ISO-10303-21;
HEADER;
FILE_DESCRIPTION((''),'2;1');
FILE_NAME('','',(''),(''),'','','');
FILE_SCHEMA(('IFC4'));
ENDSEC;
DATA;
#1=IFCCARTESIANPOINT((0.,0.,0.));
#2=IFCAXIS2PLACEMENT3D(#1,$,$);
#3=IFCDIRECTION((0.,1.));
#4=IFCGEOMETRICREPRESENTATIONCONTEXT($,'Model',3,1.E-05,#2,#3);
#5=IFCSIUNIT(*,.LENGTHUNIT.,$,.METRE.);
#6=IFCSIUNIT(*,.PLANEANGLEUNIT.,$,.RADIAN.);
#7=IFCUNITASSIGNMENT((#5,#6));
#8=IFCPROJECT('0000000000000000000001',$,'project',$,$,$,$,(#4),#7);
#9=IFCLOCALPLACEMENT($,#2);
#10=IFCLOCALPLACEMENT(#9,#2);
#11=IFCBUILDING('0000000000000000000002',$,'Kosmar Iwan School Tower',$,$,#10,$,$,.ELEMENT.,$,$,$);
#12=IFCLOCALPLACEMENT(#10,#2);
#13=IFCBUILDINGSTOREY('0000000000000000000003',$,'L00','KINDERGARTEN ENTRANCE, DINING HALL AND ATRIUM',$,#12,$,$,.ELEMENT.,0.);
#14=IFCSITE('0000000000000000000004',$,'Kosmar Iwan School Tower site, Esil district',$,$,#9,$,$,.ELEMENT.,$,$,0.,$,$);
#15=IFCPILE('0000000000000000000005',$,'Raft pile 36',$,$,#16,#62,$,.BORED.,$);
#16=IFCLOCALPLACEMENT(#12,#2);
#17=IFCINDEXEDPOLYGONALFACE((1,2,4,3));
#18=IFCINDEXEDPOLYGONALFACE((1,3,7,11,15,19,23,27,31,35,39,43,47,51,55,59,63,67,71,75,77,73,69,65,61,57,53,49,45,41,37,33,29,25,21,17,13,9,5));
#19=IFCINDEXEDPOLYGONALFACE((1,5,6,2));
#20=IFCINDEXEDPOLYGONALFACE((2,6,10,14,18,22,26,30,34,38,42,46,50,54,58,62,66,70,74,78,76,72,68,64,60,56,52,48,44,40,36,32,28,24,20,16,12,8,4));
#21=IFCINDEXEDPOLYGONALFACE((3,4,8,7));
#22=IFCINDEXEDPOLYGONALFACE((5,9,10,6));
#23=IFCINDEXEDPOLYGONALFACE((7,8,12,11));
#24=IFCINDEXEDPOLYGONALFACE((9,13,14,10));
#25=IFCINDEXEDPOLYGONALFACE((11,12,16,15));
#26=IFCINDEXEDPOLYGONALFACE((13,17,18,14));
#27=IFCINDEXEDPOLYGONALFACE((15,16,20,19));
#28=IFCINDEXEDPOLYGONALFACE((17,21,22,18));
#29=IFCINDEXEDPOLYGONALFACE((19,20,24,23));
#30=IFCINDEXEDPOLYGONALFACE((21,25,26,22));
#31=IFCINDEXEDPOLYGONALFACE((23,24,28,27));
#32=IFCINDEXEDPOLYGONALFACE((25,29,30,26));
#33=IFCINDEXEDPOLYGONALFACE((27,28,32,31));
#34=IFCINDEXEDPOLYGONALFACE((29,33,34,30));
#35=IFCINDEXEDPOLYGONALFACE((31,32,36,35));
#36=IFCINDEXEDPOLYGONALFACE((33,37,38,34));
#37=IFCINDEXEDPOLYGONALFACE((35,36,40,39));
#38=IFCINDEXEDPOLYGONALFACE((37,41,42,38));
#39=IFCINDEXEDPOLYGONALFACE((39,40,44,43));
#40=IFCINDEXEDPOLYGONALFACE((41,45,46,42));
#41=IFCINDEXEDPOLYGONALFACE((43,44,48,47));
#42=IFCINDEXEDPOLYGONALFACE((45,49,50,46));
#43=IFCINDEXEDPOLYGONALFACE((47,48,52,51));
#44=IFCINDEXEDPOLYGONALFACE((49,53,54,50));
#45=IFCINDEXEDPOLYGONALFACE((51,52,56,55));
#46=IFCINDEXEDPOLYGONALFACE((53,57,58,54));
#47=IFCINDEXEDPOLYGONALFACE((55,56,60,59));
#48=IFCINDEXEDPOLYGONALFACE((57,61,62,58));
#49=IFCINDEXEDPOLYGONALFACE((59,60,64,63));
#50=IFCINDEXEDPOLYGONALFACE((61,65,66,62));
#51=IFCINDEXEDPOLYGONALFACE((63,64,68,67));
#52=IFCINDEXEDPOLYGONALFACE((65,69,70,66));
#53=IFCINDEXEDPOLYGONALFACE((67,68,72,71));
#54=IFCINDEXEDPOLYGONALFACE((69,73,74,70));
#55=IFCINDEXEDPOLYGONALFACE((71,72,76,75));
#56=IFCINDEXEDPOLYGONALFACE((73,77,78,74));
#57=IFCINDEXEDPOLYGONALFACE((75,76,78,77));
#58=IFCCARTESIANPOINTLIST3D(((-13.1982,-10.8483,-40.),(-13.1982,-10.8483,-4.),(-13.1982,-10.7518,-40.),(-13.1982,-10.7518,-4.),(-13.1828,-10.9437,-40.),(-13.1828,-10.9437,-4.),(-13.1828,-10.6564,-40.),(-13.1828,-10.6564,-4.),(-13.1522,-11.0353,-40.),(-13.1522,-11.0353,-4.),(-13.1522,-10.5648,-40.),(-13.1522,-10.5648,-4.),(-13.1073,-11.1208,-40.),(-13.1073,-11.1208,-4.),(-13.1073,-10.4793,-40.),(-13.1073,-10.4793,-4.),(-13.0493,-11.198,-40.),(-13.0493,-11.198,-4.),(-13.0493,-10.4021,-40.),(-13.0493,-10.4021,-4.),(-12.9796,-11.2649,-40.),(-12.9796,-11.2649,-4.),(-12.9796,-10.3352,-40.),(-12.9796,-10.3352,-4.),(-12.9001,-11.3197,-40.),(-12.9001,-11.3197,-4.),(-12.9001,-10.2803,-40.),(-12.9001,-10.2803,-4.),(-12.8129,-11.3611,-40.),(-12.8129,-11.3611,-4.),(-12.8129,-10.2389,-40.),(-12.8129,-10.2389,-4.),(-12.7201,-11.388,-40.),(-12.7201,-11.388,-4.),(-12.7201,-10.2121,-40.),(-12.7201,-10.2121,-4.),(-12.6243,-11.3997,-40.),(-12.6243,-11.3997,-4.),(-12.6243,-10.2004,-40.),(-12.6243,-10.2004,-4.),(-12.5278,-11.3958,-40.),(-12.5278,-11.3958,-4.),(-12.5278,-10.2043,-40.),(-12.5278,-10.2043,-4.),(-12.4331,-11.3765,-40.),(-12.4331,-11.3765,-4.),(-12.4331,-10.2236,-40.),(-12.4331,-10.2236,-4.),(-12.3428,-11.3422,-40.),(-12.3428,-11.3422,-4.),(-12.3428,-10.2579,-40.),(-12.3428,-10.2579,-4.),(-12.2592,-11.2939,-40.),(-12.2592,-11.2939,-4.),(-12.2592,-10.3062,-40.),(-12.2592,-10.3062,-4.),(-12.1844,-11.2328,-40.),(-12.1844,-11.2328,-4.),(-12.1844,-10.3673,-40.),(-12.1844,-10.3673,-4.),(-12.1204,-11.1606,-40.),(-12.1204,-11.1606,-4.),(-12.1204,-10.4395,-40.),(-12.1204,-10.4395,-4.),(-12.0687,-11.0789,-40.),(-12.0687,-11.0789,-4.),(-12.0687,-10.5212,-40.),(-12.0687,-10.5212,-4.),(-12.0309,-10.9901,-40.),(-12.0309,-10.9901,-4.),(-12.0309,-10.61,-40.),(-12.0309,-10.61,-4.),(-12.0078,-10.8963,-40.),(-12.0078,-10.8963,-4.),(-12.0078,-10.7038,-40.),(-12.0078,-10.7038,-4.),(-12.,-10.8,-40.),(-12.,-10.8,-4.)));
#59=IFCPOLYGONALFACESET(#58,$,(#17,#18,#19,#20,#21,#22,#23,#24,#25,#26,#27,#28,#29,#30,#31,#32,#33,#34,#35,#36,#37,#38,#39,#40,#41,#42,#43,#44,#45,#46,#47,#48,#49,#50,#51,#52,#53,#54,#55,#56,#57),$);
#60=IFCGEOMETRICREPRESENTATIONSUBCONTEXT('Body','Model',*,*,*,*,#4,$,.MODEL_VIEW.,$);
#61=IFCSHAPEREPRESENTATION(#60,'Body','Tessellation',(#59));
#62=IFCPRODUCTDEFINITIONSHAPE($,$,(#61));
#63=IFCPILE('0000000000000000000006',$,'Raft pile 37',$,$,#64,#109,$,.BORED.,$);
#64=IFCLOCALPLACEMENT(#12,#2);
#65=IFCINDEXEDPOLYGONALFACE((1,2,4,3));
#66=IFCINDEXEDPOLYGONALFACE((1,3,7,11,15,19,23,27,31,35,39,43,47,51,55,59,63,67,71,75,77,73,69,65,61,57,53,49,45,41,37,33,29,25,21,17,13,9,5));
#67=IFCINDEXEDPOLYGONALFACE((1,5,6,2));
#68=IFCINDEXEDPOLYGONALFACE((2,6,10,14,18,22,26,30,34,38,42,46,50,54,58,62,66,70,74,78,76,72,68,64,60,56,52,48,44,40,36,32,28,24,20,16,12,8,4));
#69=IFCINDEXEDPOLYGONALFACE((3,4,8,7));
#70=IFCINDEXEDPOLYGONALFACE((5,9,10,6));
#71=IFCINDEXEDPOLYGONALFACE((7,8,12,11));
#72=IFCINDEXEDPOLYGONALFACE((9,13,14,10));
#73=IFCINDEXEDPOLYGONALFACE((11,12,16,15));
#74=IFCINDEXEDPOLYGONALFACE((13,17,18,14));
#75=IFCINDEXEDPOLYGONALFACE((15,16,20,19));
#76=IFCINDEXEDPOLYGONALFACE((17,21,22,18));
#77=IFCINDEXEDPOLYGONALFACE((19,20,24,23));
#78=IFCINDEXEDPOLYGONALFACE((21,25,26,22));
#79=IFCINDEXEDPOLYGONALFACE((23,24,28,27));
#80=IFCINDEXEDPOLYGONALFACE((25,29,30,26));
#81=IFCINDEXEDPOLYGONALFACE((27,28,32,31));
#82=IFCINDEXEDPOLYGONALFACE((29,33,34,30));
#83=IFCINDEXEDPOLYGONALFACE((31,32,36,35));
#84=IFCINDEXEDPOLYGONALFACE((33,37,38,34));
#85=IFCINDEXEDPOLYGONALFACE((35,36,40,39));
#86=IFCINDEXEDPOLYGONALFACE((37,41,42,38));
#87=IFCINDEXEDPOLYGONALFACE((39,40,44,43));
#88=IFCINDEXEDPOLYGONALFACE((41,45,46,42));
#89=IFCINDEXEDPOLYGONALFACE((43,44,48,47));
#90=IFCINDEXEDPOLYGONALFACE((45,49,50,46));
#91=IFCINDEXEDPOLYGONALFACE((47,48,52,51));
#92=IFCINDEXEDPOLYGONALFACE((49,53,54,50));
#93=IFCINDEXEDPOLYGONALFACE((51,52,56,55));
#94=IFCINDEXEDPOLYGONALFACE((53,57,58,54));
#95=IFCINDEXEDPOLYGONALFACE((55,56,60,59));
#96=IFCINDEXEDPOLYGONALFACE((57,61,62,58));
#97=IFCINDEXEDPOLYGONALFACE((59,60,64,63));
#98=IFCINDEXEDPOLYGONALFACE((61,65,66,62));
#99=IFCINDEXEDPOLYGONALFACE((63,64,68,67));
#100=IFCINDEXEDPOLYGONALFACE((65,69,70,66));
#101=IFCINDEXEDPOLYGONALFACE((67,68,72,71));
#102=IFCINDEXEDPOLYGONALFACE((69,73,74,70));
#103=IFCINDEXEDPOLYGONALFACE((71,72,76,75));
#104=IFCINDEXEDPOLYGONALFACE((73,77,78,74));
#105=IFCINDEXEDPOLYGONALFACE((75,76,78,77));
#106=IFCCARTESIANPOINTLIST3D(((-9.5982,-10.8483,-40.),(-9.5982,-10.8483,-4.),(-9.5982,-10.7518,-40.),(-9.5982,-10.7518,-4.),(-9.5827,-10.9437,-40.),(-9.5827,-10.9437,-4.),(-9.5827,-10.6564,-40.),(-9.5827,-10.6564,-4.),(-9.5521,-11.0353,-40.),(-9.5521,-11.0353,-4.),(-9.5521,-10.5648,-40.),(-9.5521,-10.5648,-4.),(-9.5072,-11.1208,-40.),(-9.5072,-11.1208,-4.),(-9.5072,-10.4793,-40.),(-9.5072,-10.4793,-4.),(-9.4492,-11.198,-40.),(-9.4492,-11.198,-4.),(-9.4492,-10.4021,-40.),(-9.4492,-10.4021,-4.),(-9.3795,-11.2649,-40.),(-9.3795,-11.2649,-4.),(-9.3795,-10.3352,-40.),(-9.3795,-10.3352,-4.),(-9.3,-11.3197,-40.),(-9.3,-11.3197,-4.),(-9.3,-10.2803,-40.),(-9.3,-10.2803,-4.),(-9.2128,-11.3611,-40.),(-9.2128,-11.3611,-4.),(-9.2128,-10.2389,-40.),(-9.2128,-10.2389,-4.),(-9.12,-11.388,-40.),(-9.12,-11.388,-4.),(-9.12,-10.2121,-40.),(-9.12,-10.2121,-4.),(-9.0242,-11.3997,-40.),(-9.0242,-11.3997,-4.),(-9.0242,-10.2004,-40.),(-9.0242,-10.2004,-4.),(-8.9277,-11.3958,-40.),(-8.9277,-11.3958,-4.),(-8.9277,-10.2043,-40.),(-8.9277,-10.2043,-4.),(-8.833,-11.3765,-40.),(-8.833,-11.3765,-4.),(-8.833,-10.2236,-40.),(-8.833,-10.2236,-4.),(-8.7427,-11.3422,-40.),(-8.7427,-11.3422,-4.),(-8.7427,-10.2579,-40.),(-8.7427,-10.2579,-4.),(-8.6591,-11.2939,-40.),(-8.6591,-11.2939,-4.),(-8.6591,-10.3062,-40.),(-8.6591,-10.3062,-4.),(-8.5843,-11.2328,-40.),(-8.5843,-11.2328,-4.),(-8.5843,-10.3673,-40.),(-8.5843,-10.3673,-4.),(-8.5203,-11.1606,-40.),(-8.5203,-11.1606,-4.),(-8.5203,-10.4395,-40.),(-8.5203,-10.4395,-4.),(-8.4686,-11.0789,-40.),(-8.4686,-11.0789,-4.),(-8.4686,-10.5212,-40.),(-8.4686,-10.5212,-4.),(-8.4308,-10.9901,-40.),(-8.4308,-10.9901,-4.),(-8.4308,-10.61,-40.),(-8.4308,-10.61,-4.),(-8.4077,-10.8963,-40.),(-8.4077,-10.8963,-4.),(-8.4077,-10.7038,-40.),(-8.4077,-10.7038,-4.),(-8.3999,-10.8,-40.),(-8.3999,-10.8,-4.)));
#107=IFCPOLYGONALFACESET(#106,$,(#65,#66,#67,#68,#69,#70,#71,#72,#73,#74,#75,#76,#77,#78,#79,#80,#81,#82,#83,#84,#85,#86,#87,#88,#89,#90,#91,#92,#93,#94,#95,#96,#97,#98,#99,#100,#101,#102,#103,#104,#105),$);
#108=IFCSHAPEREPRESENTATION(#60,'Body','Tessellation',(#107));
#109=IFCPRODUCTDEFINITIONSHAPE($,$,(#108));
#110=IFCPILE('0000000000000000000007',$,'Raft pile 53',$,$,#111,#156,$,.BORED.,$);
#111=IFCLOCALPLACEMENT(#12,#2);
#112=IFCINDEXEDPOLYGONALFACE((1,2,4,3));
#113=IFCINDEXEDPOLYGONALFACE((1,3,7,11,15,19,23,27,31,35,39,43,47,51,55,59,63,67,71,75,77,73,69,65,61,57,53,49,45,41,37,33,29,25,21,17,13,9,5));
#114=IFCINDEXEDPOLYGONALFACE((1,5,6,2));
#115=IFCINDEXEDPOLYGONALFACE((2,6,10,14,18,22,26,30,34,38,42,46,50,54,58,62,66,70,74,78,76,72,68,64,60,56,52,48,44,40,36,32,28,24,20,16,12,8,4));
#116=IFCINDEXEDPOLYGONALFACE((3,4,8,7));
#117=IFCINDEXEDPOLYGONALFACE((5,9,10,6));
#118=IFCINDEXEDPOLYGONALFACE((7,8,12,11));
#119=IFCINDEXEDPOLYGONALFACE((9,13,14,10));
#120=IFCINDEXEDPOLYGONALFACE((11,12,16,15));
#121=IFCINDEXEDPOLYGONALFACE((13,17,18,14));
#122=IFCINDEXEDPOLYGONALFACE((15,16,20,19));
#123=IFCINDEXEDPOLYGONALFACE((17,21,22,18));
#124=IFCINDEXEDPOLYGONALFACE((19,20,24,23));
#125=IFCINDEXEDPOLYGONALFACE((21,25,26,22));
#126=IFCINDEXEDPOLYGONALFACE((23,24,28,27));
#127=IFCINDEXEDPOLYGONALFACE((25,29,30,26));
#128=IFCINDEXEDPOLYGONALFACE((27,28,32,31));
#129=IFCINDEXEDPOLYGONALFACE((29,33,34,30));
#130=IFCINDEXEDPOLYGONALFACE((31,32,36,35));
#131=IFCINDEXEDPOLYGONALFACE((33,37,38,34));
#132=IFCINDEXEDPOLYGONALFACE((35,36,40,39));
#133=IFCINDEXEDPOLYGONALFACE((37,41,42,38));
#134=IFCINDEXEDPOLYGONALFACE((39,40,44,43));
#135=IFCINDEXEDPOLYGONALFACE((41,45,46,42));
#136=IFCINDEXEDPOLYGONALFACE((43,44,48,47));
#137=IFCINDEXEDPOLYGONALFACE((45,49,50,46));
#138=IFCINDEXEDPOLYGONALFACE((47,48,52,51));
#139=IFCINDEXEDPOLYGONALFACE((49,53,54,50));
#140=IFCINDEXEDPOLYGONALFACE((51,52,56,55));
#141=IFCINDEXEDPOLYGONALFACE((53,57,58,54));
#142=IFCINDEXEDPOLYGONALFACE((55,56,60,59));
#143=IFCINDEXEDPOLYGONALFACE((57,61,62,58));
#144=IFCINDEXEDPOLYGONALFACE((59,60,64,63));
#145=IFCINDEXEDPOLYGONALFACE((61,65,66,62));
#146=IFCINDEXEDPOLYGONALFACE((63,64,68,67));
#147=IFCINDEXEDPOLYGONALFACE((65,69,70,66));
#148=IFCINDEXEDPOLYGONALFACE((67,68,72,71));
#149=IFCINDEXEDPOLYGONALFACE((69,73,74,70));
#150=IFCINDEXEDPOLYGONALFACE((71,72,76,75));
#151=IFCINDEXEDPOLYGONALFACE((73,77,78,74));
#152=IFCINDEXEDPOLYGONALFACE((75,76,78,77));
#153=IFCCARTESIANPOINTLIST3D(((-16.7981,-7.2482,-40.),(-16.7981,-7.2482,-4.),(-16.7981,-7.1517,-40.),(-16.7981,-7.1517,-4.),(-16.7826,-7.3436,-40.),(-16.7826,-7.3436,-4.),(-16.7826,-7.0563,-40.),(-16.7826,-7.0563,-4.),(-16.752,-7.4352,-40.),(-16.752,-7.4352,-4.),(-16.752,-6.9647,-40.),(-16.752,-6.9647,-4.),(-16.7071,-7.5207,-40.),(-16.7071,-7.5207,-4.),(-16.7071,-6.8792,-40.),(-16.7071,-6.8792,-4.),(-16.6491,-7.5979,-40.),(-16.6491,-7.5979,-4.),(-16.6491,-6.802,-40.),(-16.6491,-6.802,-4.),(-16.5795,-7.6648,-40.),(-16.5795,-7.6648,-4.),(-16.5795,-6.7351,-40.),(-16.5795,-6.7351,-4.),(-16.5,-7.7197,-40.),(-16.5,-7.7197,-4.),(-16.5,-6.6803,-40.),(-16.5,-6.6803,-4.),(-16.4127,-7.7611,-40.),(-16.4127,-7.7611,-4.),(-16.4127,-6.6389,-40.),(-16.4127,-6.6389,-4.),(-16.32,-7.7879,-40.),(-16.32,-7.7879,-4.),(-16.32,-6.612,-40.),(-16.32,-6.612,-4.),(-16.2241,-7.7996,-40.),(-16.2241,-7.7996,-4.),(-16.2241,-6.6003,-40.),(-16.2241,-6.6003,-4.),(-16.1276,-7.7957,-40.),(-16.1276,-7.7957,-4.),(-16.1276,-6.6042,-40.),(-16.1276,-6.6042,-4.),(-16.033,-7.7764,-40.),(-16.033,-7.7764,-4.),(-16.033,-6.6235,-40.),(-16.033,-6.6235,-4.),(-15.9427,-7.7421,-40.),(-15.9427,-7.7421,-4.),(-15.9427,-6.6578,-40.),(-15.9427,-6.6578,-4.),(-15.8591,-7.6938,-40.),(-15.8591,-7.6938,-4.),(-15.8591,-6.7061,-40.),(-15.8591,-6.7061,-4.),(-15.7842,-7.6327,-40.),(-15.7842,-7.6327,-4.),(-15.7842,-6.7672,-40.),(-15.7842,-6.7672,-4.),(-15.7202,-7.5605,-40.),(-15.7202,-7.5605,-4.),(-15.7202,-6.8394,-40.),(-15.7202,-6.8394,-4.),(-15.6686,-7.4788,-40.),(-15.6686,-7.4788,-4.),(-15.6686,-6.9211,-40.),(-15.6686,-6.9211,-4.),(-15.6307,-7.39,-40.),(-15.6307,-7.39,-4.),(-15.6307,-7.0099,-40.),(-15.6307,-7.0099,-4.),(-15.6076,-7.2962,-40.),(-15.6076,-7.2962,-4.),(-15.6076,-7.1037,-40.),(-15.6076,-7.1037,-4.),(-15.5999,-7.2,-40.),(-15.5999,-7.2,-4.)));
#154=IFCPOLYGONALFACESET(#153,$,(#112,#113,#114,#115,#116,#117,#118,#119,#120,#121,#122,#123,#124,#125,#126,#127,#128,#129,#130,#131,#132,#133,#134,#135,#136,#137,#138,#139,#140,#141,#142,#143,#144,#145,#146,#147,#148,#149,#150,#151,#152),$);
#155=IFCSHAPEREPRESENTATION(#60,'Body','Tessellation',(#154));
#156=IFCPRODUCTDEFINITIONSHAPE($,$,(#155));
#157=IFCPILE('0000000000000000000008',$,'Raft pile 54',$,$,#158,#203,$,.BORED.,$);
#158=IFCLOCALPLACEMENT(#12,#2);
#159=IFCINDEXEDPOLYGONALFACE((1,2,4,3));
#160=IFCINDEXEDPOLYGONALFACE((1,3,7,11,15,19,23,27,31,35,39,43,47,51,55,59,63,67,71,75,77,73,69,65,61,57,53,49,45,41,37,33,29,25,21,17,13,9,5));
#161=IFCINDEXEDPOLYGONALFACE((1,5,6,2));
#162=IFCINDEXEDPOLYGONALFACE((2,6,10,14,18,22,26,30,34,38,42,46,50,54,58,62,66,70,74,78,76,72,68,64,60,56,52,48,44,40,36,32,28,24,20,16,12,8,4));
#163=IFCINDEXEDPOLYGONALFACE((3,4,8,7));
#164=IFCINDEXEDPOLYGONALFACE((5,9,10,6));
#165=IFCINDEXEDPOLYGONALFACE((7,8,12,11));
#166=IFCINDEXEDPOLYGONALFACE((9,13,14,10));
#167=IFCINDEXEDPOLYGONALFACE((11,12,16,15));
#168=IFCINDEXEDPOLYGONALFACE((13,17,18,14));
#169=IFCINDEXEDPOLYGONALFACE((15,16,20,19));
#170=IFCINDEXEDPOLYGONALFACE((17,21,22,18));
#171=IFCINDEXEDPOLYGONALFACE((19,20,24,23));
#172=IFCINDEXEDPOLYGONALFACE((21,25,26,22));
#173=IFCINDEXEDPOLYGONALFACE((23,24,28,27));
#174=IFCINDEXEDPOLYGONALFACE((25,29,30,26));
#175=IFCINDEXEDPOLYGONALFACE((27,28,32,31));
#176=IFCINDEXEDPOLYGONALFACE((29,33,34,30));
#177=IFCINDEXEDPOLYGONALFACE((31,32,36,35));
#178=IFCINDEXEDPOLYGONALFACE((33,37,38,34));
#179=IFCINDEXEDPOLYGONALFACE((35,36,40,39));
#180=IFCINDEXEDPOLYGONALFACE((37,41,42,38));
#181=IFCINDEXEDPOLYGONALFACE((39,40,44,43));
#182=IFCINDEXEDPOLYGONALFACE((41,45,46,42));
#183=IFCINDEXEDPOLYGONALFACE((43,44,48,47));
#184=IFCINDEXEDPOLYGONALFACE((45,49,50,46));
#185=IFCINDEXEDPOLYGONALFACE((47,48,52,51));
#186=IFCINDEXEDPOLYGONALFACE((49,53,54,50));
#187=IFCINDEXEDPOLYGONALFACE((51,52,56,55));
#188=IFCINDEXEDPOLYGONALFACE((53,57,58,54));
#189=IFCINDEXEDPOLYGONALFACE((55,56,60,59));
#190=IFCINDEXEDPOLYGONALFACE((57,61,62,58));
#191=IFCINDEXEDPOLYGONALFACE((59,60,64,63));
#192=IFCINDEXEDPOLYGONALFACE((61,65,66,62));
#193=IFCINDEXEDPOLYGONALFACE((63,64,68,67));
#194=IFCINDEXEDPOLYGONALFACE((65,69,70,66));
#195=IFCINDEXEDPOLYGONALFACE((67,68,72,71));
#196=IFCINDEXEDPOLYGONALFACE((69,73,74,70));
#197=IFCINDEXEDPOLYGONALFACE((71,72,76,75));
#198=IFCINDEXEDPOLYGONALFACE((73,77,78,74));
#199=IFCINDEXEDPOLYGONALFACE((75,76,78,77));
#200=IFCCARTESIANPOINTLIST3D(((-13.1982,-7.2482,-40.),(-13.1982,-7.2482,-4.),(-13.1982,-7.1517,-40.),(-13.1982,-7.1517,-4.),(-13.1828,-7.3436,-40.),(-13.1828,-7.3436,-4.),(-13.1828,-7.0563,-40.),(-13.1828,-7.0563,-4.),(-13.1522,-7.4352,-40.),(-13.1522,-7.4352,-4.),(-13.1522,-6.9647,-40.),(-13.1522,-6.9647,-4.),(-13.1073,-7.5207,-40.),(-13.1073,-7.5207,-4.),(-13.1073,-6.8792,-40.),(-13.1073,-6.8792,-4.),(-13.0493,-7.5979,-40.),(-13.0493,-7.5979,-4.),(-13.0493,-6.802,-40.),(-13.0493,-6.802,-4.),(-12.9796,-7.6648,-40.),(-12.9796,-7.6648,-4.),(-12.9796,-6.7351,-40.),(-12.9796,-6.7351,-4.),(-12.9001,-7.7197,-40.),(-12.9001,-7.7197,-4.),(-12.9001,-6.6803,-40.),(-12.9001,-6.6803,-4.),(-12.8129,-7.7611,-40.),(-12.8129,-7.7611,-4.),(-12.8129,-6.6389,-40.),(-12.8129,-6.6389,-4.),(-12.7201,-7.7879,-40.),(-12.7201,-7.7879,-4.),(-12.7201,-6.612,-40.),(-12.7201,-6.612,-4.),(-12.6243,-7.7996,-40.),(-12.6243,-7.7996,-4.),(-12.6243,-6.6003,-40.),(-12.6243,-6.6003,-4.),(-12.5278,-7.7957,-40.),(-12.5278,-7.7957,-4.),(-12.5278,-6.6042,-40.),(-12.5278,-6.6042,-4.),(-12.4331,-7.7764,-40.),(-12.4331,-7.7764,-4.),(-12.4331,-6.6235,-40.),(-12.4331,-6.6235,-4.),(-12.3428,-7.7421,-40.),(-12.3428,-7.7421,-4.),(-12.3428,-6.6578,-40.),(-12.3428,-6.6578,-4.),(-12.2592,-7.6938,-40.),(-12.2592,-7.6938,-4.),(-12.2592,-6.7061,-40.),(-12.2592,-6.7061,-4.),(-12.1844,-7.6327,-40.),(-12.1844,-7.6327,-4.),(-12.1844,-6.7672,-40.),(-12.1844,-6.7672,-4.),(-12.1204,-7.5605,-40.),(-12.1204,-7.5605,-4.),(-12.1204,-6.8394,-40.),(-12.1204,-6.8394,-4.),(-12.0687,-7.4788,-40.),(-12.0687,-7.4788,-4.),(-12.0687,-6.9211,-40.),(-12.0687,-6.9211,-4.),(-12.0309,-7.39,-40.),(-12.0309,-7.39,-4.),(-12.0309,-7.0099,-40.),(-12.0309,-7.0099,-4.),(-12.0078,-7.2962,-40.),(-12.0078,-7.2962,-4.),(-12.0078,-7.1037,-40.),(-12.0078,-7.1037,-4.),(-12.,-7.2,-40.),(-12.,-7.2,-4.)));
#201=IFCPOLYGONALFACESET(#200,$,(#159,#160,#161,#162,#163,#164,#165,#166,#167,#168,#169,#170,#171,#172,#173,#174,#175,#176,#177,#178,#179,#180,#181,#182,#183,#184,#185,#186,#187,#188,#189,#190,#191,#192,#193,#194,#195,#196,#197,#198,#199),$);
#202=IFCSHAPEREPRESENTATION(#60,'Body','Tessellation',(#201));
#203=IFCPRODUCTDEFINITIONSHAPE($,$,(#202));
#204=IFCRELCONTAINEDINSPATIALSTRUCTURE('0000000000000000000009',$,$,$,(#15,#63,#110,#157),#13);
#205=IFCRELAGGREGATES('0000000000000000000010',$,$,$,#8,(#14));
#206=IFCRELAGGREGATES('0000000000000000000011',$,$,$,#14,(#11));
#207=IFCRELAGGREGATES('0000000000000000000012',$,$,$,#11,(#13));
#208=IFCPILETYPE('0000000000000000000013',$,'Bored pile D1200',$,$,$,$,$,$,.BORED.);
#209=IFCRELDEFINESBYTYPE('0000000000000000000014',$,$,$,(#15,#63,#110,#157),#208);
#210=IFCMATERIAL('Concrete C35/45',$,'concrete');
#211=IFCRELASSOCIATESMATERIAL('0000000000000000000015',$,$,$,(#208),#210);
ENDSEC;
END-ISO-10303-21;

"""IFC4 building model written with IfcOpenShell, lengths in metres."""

from ifc_helpers import new_model, si_unit, direction, frame, origin, origin_2d, place, context, subcontext, project, spatial, circle, extrude, material, material_profile, profile_set, type_object, element, save


model = new_model("IFC4")

# Units and contexts
model_context = context("Model", 3, precision=1e-05, world=origin(), true_north=direction((0.0, 1.0)))
body_context = subcontext(model_context, "Body", "Model", "MODEL_VIEW")
ifc_project = project(units=[si_unit("LENGTHUNIT", "METRE"), si_unit("PLANEANGLEUNIT", "RADIAN")], contexts=[model_context])

# Site, building, storey
site_placement = place(None, origin())
site = spatial("IfcSite", under=ifc_project, at=site_placement, Name="Kosmar Iwan School Tower site, Esil district", CompositionType="ELEMENT", RefElevation=0.0)
building_placement = place(site_placement, origin())
building = spatial("IfcBuilding", under=site, at=building_placement, Name="Kosmar Iwan School Tower", CompositionType="ELEMENT")
storey_placement = place(building_placement, origin())
storey = spatial("IfcBuildingStorey", under=building, at=storey_placement, Name="L00", Description="KINDERGARTEN ENTRANCE, DINING HALL AND ATRIUM", CompositionType="ELEMENT", Elevation=0.0)

# Piles
ifc_material_1 = material(Name="Concrete C35/45", Category="concrete")
ifc_material_profile_1 = material_profile(ifc_material_1, circle(Radius=0.6001, at=origin_2d()), Name="D1200")
ifc_profile_set_1 = profile_set([ifc_material_profile_1], Name="Concrete C35/45")
pile_type = type_object("IfcPileType", Name="Bored pile D1200", PredefinedType="BORED", material=ifc_profile_set_1)
for number, where, z_axis, x_axis, name in (
    (1, (-12.6001, -10.8, -4.0), (0.0, 0.0, -1.0), (1.0, 0.0, 0.0), "Raft pile 36"),
    (2, (-9.0, -10.8, -4.0), (0.0, 0.0, -1.0), (1.0, 0.0, 0.0), "Raft pile 37"),
    (3, (-16.2, -7.2, -4.0), (0.0, 0.0, -1.0), (1.0, 0.0, 0.0), "Raft pile 53"),
    (4, (-12.6001, -7.2, -4.0), (0.0, 0.0, -1.0), (1.0, 0.0, 0.0), "Raft pile 54"),
):
    element("IfcPile", number, at=place(storey_placement, frame(where, z_axis=z_axis, x_axis=x_axis)), inside=storey, type_object=pile_type, Name=name, PredefinedType="BORED", context=body_context, shape_type="SweptSolid", body=[
        extrude(circle(Radius=0.6001, at=origin_2d()), origin(), (0.0, 0.0, 1.0), 36.0),
    ])

save(model, "model.ifc")
